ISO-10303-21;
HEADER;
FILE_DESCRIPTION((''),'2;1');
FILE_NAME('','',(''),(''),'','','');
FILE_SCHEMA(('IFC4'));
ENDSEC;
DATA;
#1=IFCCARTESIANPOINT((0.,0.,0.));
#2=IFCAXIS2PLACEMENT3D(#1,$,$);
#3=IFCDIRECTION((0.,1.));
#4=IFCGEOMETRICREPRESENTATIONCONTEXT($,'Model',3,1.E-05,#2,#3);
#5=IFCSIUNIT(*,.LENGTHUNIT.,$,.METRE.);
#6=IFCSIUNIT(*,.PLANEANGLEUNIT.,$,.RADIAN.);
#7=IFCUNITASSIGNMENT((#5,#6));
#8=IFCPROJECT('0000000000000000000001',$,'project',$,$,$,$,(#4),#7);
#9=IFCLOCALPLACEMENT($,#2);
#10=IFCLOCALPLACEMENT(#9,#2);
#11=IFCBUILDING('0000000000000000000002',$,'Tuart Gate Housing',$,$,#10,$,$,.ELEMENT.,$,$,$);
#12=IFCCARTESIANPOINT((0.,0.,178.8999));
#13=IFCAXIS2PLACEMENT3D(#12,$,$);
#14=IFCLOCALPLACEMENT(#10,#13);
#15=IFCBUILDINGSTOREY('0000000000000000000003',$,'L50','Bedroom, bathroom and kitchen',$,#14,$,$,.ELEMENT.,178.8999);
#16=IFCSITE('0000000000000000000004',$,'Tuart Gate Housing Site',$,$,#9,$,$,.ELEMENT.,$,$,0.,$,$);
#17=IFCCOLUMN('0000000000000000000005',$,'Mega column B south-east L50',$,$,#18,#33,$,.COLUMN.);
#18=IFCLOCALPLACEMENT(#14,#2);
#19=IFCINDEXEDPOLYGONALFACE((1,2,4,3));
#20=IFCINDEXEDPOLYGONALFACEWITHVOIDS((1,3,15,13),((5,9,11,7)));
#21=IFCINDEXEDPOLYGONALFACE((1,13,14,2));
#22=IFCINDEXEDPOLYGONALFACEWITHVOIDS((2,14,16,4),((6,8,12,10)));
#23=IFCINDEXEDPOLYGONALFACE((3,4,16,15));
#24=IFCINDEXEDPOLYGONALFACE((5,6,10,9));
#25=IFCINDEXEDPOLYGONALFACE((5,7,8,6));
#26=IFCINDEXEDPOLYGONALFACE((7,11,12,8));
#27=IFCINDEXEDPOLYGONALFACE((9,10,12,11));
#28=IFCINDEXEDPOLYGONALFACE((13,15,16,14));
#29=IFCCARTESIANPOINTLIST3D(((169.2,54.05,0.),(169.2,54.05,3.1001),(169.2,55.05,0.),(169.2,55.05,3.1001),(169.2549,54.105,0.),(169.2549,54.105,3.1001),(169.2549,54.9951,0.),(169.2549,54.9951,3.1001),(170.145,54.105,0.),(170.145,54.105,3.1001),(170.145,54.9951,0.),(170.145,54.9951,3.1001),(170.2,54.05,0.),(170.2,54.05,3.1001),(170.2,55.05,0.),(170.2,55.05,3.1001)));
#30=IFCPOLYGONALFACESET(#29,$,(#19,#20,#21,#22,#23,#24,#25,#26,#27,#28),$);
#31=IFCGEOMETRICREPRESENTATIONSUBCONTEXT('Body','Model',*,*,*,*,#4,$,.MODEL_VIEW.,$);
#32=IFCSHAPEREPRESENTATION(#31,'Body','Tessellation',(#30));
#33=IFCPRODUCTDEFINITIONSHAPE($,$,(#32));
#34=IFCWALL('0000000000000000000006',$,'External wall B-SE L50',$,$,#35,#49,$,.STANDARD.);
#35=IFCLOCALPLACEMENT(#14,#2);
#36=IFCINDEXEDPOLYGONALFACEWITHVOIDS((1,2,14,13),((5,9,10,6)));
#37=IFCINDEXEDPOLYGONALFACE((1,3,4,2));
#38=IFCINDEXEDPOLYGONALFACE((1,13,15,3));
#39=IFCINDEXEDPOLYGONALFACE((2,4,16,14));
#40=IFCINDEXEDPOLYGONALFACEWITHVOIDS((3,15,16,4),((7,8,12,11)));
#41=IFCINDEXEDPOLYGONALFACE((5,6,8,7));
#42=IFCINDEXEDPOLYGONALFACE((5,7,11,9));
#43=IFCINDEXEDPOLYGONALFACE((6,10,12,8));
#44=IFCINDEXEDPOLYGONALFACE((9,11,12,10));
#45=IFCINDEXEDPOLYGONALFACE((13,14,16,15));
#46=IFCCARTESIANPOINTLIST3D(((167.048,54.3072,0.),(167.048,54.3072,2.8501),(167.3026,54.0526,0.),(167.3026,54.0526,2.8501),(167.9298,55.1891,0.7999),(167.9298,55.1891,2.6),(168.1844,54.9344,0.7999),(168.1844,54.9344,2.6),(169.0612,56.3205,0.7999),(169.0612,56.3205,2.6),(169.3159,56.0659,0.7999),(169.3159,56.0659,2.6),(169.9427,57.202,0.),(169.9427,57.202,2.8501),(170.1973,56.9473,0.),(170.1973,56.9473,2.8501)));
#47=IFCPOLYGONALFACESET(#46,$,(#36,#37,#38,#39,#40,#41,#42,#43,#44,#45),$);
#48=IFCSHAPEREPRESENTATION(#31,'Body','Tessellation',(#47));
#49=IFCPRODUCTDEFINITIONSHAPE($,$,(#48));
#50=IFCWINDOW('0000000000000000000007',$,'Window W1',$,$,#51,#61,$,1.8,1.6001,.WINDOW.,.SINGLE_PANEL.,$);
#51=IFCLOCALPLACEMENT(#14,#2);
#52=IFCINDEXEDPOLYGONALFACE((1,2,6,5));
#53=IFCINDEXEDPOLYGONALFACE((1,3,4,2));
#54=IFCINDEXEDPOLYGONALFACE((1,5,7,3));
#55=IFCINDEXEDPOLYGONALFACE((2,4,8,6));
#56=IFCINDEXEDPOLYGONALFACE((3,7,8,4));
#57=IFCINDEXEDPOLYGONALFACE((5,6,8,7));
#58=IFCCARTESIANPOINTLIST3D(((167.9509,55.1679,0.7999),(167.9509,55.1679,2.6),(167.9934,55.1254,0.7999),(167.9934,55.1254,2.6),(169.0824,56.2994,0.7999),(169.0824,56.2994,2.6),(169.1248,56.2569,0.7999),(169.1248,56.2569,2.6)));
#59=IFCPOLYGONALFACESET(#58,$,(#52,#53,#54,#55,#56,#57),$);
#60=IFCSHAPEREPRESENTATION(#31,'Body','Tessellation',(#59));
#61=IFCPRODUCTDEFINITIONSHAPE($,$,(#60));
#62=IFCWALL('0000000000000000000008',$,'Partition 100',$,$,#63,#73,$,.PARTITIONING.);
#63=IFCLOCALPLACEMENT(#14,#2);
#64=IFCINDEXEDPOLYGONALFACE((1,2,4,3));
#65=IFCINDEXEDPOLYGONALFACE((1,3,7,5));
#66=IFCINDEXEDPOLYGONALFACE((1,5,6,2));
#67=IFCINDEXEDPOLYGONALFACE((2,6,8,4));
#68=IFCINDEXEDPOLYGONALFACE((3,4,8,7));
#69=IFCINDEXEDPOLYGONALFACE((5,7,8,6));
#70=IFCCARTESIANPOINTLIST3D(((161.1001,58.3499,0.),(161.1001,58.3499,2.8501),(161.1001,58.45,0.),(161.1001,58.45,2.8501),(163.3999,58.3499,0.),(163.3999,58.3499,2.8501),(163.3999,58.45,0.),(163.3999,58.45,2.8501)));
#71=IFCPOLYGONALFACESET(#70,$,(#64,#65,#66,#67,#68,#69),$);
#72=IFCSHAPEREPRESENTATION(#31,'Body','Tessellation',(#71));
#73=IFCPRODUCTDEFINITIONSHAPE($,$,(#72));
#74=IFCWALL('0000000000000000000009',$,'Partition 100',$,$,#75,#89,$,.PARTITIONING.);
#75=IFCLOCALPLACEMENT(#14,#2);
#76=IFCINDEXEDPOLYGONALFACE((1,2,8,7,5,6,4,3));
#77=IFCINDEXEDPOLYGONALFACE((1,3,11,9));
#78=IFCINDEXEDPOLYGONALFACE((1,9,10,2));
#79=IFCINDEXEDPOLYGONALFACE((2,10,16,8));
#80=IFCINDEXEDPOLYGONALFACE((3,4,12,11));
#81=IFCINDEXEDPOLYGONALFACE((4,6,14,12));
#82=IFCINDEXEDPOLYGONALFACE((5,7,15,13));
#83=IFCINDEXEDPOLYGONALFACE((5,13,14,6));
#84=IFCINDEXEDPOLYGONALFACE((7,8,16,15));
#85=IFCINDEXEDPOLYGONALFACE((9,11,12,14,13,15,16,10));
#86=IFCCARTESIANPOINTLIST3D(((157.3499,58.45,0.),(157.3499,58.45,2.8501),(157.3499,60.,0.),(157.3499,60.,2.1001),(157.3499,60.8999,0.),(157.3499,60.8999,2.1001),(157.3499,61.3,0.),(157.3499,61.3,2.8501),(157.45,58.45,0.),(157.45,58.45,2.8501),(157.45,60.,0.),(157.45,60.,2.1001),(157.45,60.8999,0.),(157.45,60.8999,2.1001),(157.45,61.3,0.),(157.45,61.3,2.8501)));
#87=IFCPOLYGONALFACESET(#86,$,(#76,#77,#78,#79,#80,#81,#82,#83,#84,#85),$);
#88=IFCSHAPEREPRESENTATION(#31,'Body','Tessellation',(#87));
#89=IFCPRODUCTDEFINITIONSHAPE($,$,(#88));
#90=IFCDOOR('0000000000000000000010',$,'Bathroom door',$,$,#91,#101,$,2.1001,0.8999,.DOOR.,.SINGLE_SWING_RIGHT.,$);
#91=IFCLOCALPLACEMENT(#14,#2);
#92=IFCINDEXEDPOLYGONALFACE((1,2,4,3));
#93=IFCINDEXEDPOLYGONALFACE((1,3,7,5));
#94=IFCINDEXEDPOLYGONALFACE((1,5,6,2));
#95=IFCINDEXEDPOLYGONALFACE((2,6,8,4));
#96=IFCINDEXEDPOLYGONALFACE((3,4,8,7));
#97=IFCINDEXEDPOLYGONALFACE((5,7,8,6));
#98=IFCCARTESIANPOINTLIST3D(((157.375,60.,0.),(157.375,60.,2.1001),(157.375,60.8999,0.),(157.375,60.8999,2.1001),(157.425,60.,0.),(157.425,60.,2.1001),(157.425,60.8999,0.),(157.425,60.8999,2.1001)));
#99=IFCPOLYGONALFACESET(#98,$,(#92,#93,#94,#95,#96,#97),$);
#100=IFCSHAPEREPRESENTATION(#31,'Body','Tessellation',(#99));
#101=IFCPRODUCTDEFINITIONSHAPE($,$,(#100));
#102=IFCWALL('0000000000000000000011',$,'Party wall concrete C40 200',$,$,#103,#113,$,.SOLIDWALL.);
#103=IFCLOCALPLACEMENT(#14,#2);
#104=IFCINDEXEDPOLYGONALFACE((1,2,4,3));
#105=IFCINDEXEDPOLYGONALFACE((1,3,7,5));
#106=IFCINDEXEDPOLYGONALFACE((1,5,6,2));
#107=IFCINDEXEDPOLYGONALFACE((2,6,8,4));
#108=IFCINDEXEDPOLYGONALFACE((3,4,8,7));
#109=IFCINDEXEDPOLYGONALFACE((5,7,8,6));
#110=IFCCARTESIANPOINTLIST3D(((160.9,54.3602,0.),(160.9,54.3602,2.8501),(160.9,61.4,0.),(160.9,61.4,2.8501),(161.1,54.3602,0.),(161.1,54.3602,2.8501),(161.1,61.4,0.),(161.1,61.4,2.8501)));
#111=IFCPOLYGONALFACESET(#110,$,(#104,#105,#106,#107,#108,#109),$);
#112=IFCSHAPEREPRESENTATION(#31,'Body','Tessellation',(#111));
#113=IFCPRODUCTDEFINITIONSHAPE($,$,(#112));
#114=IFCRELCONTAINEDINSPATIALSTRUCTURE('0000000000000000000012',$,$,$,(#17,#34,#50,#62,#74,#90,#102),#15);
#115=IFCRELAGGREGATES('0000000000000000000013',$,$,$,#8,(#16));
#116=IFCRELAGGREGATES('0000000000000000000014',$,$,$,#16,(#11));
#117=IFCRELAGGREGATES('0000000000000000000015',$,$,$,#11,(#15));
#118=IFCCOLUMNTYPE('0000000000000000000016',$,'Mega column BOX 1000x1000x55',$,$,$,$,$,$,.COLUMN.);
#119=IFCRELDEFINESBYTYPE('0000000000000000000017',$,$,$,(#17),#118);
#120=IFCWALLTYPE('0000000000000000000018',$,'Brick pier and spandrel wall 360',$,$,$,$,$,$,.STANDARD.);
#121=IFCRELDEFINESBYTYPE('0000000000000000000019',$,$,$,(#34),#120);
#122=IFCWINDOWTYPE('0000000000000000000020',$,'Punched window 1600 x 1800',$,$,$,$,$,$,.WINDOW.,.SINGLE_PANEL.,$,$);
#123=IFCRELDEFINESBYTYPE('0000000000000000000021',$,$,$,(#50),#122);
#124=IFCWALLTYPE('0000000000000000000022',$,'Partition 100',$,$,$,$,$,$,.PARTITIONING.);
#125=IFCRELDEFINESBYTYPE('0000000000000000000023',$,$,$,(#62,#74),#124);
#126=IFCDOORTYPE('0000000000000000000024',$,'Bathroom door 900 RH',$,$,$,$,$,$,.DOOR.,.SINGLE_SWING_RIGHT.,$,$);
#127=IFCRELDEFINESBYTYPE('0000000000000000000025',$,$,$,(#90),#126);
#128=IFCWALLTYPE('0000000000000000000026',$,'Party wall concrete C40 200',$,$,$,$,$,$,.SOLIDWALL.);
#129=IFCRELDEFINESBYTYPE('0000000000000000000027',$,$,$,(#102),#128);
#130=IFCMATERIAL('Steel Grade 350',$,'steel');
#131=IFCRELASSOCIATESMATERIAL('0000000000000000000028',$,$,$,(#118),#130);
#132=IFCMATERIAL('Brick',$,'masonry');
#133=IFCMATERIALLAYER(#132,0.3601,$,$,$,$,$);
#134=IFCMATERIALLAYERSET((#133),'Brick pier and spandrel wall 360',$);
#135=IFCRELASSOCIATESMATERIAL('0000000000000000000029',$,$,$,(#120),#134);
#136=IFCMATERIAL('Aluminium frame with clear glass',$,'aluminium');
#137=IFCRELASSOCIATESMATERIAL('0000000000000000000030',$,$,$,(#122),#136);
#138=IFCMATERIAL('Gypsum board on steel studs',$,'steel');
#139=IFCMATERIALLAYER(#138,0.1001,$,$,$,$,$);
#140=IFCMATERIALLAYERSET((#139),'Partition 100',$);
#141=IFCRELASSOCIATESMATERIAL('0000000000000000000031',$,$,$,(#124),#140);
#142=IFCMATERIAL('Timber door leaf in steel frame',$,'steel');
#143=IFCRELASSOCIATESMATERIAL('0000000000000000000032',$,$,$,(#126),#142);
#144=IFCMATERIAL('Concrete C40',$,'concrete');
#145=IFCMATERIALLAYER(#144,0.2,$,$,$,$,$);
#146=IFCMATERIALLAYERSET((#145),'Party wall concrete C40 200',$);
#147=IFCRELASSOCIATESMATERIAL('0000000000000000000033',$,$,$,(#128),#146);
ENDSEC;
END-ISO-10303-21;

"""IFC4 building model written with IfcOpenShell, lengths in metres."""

from ifc_helpers import new_model, si_unit, direction, frame, frame_2d, origin, origin_2d, place, context, subcontext, project, spatial, rectangle, hollow_rectangle, extrude, material, layer, layer_set, material_profile, profile_set, type_object, element, fill, save


model = new_model("IFC4")

# Units and contexts
model_context = context("Model", 3, precision=1e-05, world=origin(), true_north=direction((0.0, 1.0)))
body_context = subcontext(model_context, "Body", "Model", "MODEL_VIEW")
ifc_project = project(units=[si_unit("LENGTHUNIT", "METRE"), si_unit("PLANEANGLEUNIT", "RADIAN")], contexts=[model_context])

# Site, building, storey
site_placement = place(None, origin())
site = spatial("IfcSite", under=ifc_project, at=site_placement, Name="Tuart Gate Housing Site", CompositionType="ELEMENT", RefElevation=0.0)
building_placement = place(site_placement, origin())
building = spatial("IfcBuilding", under=site, at=building_placement, Name="Tuart Gate Housing", CompositionType="ELEMENT")
storey_placement = place(building_placement, frame((0.0, 0.0, 178.8999)))
storey = spatial("IfcBuildingStorey", under=building, at=storey_placement, Name="L50", Description="Bedroom, bathroom and kitchen", CompositionType="ELEMENT", Elevation=178.8999)

# Column
ifc_material_1 = material(Name="Steel Grade 350", Category="steel")
ifc_material_profile = material_profile(ifc_material_1, hollow_rectangle(XDim=1.0, YDim=1.0, WallThickness=0.0549, at=origin_2d()), Name="BOX 1000x1000x55")
ifc_profile_set = profile_set([ifc_material_profile], Name="Steel Grade 350")
column_type = type_object("IfcColumnType", Name="Mega column BOX 1000x1000x55", PredefinedType="COLUMN", material=ifc_profile_set)
column_placement = place(storey_placement, frame((169.7, 54.55, 0.0), z_axis=(0.0, 0.0, 1.0), x_axis=(1.0, 0.0, 0.0)))
element("IfcColumn", 1, at=column_placement, inside=storey, type_object=column_type, Name="Mega column B south-east L50", PredefinedType="COLUMN", context=body_context, shape_type="SweptSolid", body=[
    extrude(hollow_rectangle(XDim=1.0, YDim=1.0, WallThickness=0.0549, at=origin_2d()), origin(), (0.0, 0.0, 1.0), 3.1001),
])

# Wall, opening, window
ifc_material_2 = material(Name="Brick", Category="masonry")
ifc_layer_1 = layer(ifc_material_2, 0.3601)
ifc_layer_set_1 = layer_set([ifc_layer_1], Name="Brick pier and spandrel wall 360")
wall_type_1 = type_object("IfcWallType", Name="Brick pier and spandrel wall 360", PredefinedType="STANDARD", material=ifc_layer_set_1)
wall_1_placement = place(storey_placement, frame((167.1753, 54.1799, 0.0), z_axis=(0.0, 0.0, 1.0), x_axis=(0.707107, 0.707107, 0.0)))
wall_1 = element("IfcWall", 2, at=wall_1_placement, inside=storey, type_object=wall_type_1, Name="External wall B-SE L50", PredefinedType="STANDARD", context=body_context, shape_type="SweptSolid", body=[
    extrude(rectangle(XDim=4.0938, YDim=0.3601, at=frame_2d((2.0469, 0.0))), origin(), (0.0, 0.0, 1.0), 2.8501),
])
opening_1_placement = place(wall_1_placement, frame((1.2471, 0.0, 0.8)))
opening_1 = element("IfcOpeningElement", 3, at=opening_1_placement, cuts=wall_1, PredefinedType="OPENING", context=body_context, shape_type="SweptSolid", body=[
    extrude(rectangle(XDim=1.6001, YDim=1.8, at=frame_2d((0.8, 0.8999))), frame((0.0, 0.1899, 0.0), z_axis=(0.0, -1.0, 0.0), x_axis=(1.0, 0.0, 0.0)), (0.0, 0.0, 1.0), 0.3801),
])
ifc_material_3 = material(Name="Aluminium frame with clear glass", Category="aluminium")
window_type_1 = type_object("IfcWindowType", Name="Punched window 1600 x 1800", PartitioningType="SINGLE_PANEL", PredefinedType="WINDOW", material=ifc_material_3)
window_1_placement = place(opening_1_placement, origin())
window_1 = element("IfcWindow", 4, at=window_1_placement, inside=storey, type_object=window_type_1, Name="Window W1", OverallHeight=1.8, OverallWidth=1.6001, PartitioningType="SINGLE_PANEL", PredefinedType="WINDOW", context=body_context, shape_type="SweptSolid", body=[
    extrude(rectangle(XDim=1.6001, YDim=1.8, at=frame_2d((0.8, 0.8999))), frame((0.0, 0.1501, 0.0), z_axis=(0.0, -1.0, 0.0), x_axis=(1.0, 0.0, 0.0)), (0.0, 0.0, 1.0), 0.0601),
])
fill(opening_1, window_1)

# Wall
ifc_material_4 = material(Name="Gypsum board on steel studs", Category="steel")
ifc_layer_2 = layer(ifc_material_4, 0.1001)
ifc_layer_set_2 = layer_set([ifc_layer_2], Name="Partition 100")
wall_type_2 = type_object("IfcWallType", Name="Partition 100", PredefinedType="PARTITIONING", material=ifc_layer_set_2)
wall_2_placement = place(storey_placement, frame((161.1001, 58.3999, 0.0), z_axis=(0.0, 0.0, 1.0), x_axis=(1.0, 0.0, 0.0)))
element("IfcWall", 5, at=wall_2_placement, inside=storey, type_object=wall_type_2, Name="Partition 100", PredefinedType="PARTITIONING", context=body_context, shape_type="SweptSolid", body=[
    extrude(rectangle(XDim=2.2998, YDim=0.1001, at=frame_2d((1.1499, 0.0))), origin(), (0.0, 0.0, 1.0), 2.8501),
])

# Wall, opening, door
wall_3_placement = place(storey_placement, frame((157.3999, 58.45, 0.0), z_axis=(0.0, 0.0, 1.0), x_axis=(0.0, 1.0, 0.0)))
wall_3 = element("IfcWall", 6, at=wall_3_placement, inside=storey, type_object=wall_type_2, Name="Partition 100", PredefinedType="PARTITIONING", context=body_context, shape_type="SweptSolid", body=[
    extrude(rectangle(XDim=2.8501, YDim=0.1001, at=frame_2d((1.425, 0.0))), origin(), (0.0, 0.0, 1.0), 2.8501),
])
opening_2_placement = place(wall_3_placement, frame((1.55, 0.0, 0.0)))
opening_2 = element("IfcOpeningElement", 7, at=opening_2_placement, cuts=wall_3, PredefinedType="OPENING", context=body_context, shape_type="SweptSolid", body=[
    extrude(rectangle(XDim=0.8999, YDim=2.1001, at=frame_2d((0.45, 1.05))), frame((0.0, 0.0601, 0.0), z_axis=(0.0, -1.0, 0.0), x_axis=(1.0, 0.0, 0.0)), (0.0, 0.0, 1.0), 0.1201),
])
ifc_material_5 = material(Name="Timber door leaf in steel frame", Category="steel")
door_type = type_object("IfcDoorType", Name="Bathroom door 900 RH", OperationType="SINGLE_SWING_RIGHT", PredefinedType="DOOR", material=ifc_material_5)
door_placement = place(opening_2_placement, origin())
door = element("IfcDoor", 8, at=door_placement, inside=storey, type_object=door_type, Name="Bathroom door", OperationType="SINGLE_SWING_RIGHT", OverallHeight=2.1001, OverallWidth=0.8999, PredefinedType="DOOR", context=body_context, shape_type="SweptSolid", body=[
    extrude(rectangle(XDim=0.8999, YDim=2.1001, at=frame_2d((0.45, 1.05))), frame((0.0, 0.0249, 0.0), z_axis=(0.0, -1.0, 0.0), x_axis=(1.0, 0.0, 0.0)), (0.0, 0.0, 1.0), 0.05),
])
fill(opening_2, door)

# Wall
ifc_material_6 = material(Name="Concrete C40", Category="concrete")
ifc_layer_3 = layer(ifc_material_6, 0.2)
ifc_layer_set_3 = layer_set([ifc_layer_3], Name="Party wall concrete C40 200")
wall_type_3 = type_object("IfcWallType", Name="Party wall concrete C40 200", PredefinedType="SOLIDWALL", material=ifc_layer_set_3)
wall_4_placement = place(storey_placement, frame((161.0, 54.3601, 0.0), z_axis=(0.0, 0.0, 1.0), x_axis=(0.0, 1.0, 0.0)))
element("IfcWall", 9, at=wall_4_placement, inside=storey, type_object=wall_type_3, Name="Party wall concrete C40 200", PredefinedType="SOLIDWALL", context=body_context, shape_type="SweptSolid", body=[
    extrude(rectangle(XDim=7.0398, YDim=0.2, at=frame_2d((3.52, 0.0))), origin(), (0.0, 0.0, 1.0), 2.8501),
])

save(model, "model.ifc")
